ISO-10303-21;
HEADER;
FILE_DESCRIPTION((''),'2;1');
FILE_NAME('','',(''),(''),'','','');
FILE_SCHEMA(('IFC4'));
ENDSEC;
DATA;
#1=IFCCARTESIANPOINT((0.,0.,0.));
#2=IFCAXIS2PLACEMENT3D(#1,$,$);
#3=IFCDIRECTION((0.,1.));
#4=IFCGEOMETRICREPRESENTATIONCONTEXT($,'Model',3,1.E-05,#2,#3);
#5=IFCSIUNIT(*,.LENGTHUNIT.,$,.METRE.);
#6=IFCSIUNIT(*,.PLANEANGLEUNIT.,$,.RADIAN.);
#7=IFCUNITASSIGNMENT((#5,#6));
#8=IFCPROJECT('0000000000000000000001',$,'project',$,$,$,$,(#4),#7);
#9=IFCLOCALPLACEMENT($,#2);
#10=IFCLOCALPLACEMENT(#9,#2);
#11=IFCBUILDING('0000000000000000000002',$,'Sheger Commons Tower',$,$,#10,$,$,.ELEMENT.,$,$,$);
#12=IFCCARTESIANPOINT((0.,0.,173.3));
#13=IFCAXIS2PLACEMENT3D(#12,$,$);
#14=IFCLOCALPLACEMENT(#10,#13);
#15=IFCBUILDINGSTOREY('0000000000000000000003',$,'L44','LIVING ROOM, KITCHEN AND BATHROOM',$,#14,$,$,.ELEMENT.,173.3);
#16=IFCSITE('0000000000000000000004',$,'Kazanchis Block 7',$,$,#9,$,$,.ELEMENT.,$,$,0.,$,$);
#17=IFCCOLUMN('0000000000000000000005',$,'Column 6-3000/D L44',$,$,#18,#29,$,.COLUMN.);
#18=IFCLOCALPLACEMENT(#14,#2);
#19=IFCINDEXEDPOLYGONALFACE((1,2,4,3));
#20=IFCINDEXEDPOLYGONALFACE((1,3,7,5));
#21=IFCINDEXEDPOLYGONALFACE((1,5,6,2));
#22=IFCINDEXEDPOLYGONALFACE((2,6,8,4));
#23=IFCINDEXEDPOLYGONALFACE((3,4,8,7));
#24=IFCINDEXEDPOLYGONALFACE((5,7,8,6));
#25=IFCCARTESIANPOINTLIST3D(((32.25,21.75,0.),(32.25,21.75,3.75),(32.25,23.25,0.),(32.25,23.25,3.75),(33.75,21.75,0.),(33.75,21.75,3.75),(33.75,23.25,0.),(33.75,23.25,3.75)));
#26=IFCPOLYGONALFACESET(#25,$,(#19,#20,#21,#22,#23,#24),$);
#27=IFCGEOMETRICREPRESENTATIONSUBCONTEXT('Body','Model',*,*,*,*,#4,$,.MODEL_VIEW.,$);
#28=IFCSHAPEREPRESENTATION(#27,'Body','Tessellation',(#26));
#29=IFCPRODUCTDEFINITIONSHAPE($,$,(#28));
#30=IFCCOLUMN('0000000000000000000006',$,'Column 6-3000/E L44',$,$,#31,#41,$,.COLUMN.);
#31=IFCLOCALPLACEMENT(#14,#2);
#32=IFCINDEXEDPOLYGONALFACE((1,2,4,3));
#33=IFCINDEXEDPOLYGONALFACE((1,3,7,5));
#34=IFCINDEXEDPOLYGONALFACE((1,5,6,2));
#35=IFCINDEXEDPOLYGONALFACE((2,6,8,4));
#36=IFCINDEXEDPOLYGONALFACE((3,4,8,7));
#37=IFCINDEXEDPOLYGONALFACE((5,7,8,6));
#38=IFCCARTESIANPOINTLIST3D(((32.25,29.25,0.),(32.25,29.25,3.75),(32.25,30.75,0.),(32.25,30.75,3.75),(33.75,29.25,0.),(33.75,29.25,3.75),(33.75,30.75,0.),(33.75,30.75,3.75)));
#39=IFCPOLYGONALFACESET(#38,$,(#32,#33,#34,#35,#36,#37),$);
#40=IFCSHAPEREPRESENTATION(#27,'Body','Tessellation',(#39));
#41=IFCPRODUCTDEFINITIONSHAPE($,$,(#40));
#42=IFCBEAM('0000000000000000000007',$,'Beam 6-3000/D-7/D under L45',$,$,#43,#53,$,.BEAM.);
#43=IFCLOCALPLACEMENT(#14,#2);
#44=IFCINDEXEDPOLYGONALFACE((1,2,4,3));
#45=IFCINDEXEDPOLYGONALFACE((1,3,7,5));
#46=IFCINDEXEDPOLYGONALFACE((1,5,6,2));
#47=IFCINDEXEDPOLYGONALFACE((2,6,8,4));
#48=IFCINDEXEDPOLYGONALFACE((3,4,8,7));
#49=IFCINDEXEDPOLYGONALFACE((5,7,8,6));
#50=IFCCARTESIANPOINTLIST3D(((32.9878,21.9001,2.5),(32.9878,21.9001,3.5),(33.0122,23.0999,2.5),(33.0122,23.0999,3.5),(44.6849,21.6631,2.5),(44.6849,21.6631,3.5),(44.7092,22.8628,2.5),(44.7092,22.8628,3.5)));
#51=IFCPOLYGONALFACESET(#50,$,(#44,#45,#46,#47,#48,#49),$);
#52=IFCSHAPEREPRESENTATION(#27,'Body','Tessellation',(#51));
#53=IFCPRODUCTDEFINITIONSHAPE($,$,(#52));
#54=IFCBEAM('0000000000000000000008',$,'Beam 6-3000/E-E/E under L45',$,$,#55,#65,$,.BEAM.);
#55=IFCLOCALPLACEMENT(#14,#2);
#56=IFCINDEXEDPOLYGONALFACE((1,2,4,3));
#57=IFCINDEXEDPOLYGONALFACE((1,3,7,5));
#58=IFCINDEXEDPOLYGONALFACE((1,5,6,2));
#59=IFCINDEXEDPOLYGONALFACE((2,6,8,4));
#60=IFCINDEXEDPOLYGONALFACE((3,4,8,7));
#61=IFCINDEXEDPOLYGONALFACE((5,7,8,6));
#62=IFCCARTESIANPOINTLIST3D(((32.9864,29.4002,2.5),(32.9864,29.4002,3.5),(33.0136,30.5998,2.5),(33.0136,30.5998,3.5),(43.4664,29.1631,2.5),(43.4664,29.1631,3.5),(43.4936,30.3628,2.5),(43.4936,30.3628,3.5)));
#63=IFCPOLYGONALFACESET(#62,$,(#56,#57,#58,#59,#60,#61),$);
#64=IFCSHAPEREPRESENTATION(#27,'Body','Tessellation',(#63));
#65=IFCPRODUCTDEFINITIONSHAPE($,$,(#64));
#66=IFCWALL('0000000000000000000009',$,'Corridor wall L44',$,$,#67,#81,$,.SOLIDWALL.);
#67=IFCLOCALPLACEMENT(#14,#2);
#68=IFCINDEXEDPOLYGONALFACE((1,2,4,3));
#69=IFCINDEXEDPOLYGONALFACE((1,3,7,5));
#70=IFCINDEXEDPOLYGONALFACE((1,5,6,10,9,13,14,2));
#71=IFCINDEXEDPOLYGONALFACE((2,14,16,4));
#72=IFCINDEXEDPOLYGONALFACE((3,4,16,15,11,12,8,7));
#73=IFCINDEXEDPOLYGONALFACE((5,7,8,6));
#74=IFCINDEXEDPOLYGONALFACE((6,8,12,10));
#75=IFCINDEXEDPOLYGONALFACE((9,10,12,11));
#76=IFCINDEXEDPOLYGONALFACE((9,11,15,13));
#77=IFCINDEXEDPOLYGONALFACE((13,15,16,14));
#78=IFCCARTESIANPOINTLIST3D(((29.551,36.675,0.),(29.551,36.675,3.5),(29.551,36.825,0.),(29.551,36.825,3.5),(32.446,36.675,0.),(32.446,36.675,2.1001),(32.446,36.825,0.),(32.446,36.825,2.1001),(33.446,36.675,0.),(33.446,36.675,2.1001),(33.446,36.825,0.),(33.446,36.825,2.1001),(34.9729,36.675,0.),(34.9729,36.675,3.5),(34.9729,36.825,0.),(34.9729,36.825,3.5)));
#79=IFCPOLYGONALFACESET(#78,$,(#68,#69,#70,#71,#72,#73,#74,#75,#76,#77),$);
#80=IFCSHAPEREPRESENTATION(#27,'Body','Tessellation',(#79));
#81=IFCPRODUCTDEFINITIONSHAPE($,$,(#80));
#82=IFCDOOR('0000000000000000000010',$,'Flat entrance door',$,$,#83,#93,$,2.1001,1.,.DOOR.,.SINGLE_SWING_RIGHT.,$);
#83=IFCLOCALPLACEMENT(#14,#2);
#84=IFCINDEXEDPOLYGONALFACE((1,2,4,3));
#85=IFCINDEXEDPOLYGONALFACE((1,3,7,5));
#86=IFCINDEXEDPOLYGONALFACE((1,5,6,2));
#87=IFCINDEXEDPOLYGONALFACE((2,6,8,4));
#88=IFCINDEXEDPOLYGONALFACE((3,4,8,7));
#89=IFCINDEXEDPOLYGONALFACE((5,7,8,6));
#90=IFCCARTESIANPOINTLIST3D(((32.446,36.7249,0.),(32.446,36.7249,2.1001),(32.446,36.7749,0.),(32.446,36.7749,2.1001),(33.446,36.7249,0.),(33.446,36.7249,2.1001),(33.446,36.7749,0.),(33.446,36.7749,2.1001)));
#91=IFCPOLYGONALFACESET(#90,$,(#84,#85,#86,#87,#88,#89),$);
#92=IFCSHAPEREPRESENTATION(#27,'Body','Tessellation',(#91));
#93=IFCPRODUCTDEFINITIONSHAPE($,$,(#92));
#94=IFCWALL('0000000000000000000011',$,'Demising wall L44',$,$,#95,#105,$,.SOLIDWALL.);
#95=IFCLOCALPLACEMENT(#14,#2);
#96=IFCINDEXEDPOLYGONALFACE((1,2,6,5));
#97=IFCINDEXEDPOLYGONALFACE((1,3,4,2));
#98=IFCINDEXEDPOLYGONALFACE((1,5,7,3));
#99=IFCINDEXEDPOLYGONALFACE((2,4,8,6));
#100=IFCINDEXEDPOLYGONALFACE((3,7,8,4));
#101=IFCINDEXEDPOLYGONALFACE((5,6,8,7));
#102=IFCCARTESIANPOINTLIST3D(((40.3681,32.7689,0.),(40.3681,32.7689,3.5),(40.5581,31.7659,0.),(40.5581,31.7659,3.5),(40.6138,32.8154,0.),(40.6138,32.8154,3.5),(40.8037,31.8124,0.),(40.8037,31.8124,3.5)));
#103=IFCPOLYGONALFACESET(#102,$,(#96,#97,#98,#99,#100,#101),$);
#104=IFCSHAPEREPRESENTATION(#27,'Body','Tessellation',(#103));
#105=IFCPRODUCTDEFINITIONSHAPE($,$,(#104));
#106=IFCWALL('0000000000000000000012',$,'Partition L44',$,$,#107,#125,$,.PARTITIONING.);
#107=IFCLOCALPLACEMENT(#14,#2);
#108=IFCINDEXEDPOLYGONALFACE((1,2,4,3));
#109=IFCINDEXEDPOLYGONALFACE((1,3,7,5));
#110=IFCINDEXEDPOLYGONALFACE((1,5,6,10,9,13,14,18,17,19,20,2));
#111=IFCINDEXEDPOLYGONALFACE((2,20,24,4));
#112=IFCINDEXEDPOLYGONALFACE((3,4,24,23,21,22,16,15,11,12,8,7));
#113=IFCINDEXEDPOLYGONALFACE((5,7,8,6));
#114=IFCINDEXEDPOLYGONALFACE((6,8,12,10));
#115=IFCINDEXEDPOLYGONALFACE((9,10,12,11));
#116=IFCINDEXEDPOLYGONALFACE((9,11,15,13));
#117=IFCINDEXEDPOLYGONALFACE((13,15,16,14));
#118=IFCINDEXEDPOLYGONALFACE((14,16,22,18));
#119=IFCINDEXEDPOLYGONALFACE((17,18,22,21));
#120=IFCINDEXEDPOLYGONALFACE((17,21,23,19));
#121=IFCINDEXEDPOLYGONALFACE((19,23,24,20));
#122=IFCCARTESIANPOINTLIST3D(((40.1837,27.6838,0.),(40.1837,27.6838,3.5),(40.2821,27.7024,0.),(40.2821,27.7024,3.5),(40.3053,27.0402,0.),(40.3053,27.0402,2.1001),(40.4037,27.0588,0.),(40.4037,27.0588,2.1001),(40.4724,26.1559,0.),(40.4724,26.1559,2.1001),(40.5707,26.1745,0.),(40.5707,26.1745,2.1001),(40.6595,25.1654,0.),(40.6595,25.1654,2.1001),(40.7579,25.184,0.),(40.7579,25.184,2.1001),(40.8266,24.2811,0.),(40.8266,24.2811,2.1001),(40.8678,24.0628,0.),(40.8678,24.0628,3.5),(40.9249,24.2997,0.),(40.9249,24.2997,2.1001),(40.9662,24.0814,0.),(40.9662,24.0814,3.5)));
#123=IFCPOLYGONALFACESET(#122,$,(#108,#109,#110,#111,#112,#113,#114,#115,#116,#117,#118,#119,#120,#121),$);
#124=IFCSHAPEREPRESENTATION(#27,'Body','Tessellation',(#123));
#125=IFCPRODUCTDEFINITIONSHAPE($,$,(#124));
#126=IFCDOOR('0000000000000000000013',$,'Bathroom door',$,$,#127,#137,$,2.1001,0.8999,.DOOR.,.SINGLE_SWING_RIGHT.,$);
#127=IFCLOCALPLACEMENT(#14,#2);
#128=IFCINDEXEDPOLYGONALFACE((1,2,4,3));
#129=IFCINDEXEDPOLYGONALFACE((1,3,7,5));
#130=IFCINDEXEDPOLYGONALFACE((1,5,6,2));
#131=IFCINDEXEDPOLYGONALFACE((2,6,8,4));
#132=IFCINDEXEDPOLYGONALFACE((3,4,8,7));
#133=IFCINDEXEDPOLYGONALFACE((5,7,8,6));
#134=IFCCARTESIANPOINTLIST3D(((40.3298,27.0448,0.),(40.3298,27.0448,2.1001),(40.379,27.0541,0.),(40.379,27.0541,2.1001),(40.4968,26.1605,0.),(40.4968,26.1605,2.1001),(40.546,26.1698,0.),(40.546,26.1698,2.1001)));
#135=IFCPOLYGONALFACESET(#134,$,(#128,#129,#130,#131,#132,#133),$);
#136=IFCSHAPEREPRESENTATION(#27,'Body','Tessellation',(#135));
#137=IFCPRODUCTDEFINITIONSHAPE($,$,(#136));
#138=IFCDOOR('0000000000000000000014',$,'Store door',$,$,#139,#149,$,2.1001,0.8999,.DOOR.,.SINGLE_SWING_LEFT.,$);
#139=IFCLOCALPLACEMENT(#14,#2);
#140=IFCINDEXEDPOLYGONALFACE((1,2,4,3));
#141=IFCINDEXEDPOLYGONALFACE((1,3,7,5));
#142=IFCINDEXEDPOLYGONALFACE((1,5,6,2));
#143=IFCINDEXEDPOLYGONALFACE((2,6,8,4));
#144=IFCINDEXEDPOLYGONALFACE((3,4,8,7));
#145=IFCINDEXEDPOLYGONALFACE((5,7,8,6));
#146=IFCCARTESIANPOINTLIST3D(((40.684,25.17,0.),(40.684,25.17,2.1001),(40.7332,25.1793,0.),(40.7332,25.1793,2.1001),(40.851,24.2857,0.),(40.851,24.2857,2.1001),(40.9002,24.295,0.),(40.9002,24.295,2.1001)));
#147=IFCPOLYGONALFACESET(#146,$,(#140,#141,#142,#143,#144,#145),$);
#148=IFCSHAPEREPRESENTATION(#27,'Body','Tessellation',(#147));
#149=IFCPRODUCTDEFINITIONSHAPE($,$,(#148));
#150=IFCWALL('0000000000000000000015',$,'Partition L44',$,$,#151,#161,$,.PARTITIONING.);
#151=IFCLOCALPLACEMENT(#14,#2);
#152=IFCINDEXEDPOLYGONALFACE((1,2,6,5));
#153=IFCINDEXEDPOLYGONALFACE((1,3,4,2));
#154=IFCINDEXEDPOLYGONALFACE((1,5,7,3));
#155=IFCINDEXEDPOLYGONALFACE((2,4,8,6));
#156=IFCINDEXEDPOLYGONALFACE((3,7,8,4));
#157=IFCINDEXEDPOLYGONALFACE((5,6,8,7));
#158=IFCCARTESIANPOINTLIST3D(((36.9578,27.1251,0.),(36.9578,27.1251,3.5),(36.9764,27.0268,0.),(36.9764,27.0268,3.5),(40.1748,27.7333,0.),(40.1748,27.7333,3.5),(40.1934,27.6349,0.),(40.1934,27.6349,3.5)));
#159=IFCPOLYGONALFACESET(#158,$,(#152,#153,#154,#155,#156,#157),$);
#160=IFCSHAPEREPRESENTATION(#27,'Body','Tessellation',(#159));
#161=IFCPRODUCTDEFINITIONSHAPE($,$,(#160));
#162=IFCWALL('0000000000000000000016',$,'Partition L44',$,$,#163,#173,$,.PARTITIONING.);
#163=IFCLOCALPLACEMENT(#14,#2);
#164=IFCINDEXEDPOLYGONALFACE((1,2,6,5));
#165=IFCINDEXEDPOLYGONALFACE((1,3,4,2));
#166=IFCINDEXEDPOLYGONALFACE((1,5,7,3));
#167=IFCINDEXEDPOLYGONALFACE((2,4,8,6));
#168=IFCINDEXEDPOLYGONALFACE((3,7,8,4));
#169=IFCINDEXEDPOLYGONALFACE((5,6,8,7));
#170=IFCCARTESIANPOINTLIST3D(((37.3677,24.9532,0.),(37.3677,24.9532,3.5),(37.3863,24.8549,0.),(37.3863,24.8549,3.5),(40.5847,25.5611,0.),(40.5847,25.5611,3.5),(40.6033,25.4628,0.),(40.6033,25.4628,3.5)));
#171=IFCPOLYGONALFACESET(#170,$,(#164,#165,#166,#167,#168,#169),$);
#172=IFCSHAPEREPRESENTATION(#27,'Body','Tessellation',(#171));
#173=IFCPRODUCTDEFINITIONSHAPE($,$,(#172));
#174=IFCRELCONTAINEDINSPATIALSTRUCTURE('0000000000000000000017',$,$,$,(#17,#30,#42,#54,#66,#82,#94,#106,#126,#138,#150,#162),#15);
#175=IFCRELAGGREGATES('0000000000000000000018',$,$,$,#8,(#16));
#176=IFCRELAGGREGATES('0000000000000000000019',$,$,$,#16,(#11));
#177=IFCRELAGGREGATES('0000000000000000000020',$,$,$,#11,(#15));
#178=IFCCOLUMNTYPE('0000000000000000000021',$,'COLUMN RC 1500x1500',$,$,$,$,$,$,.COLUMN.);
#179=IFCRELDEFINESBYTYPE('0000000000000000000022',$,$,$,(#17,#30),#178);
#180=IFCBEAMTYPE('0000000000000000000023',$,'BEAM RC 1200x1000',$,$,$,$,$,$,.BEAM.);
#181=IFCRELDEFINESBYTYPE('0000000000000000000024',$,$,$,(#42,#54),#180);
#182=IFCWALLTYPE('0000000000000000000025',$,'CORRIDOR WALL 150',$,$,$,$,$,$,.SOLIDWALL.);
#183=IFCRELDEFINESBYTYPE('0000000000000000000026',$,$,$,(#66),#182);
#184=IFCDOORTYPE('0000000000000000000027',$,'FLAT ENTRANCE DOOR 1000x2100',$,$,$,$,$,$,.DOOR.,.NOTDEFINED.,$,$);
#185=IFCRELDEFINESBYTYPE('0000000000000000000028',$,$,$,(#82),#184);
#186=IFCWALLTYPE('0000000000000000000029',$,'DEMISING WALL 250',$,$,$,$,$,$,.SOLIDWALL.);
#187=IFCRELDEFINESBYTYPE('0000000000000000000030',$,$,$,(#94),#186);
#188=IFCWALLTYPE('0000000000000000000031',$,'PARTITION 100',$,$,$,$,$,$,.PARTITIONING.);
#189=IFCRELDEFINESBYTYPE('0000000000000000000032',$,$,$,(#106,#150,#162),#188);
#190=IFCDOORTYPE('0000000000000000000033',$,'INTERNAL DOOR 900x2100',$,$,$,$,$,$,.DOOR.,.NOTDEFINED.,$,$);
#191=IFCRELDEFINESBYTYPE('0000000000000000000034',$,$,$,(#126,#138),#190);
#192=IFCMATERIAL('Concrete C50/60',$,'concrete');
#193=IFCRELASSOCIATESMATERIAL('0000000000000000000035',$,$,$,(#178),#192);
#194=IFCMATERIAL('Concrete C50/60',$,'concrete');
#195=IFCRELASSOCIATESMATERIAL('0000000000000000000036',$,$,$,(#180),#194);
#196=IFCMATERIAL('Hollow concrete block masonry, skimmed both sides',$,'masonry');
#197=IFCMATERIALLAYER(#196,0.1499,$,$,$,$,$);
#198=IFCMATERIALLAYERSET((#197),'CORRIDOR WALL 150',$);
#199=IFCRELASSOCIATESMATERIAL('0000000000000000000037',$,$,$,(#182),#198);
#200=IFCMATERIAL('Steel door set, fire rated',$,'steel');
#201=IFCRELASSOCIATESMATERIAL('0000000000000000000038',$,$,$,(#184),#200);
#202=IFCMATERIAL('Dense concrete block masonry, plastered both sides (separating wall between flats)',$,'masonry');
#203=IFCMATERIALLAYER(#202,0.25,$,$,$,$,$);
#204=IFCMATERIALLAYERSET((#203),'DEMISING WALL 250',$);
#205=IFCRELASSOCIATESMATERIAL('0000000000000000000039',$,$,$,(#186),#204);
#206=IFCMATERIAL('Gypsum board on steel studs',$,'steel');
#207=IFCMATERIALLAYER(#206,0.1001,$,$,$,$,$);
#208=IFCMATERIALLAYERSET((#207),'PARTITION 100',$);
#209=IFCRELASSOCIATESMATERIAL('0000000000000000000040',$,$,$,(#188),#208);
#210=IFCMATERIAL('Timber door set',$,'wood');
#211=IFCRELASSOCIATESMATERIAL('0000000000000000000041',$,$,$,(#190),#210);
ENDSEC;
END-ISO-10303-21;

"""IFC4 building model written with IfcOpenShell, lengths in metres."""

from ifc_helpers import new_model, si_unit, direction, frame, frame_2d, origin, origin_2d, place, context, subcontext, project, spatial, rectangle, extrude, material, layer, layer_set, material_profile, profile_set, type_object, element, fill, save


model = new_model("IFC4")

# Units and contexts
model_context = context("Model", 3, precision=1e-05, world=origin(), true_north=direction((0.0, 1.0)))
body_context = subcontext(model_context, "Body", "Model", "MODEL_VIEW")
ifc_project = project(units=[si_unit("LENGTHUNIT", "METRE"), si_unit("PLANEANGLEUNIT", "RADIAN")], contexts=[model_context])

# Site, building, storey
site_placement = place(None, origin())
site = spatial("IfcSite", under=ifc_project, at=site_placement, Name="Kazanchis Block 7", CompositionType="ELEMENT", RefElevation=0.0)
building_placement = place(site_placement, origin())
building = spatial("IfcBuilding", under=site, at=building_placement, Name="Sheger Commons Tower", CompositionType="ELEMENT")
storey_placement = place(building_placement, frame((0.0, 0.0, 173.3)))
storey = spatial("IfcBuildingStorey", under=building, at=storey_placement, Name="L44", Description="LIVING ROOM, KITCHEN AND BATHROOM", CompositionType="ELEMENT", Elevation=173.3)

# Columns
ifc_material_1 = material(Name="Concrete C50/60", Category="concrete")
ifc_material_profile_1 = material_profile(ifc_material_1, rectangle(XDim=1.5, YDim=1.5, at=origin_2d()), Name="RC 1500x1500")
ifc_profile_set_1 = profile_set([ifc_material_profile_1], Name="Concrete C50/60")
column_type = type_object("IfcColumnType", Name="COLUMN RC 1500x1500", PredefinedType="COLUMN", material=ifc_profile_set_1)
for number, where, z_axis, x_axis, name in (
    (1, (33.0, 22.5, 0.0), (0.0, 0.0, 1.0), (1.0, 0.0, 0.0), "Column 6-3000/D L44"),
    (2, (33.0, 30.0, 0.0), (0.0, 0.0, 1.0), (1.0, 0.0, 0.0), "Column 6-3000/E L44"),
):
    element("IfcColumn", number, at=place(storey_placement, frame(where, z_axis=z_axis, x_axis=x_axis)), inside=storey, type_object=column_type, Name=name, PredefinedType="COLUMN", context=body_context, shape_type="SweptSolid", body=[
        extrude(rectangle(XDim=1.5, YDim=1.5, at=origin_2d()), origin(), (0.0, 0.0, 1.0), 3.75),
    ])

# Beams
ifc_material_2 = material(Name="Concrete C50/60", Category="concrete")
ifc_material_profile_2 = material_profile(ifc_material_2, rectangle(XDim=1.2, YDim=1.0, at=origin_2d()), Name="RC 1200x1000")
ifc_profile_set_2 = profile_set([ifc_material_profile_2], Name="Concrete C50/60")
beam_type = type_object("IfcBeamType", Name="BEAM RC 1200x1000", PredefinedType="BEAM", material=ifc_profile_set_2)
beam_1_placement = place(storey_placement, frame((33.0, 22.5, 3.0), z_axis=(0.999795, -0.020263, 0.0), x_axis=(0.020263, 0.999795, 0.0)))
element("IfcBeam", 3, at=beam_1_placement, inside=storey, type_object=beam_type, Name="Beam 6-3000/D-7/D under L45", PredefinedType="BEAM", context=body_context, shape_type="SweptSolid", body=[
    extrude(rectangle(XDim=1.2, YDim=1.0, at=origin_2d()), origin(), (0.0, 0.0, 1.0), 11.6995),
])
beam_2_placement = place(storey_placement, frame((33.0, 30.0, 3.0), z_axis=(0.999744, -0.022615, 0.0), x_axis=(0.022615, 0.999744, 0.0)))
element("IfcBeam", 4, at=beam_2_placement, inside=storey, type_object=beam_type, Name="Beam 6-3000/E-E/E under L45", PredefinedType="BEAM", context=body_context, shape_type="SweptSolid", body=[
    extrude(rectangle(XDim=1.2, YDim=1.0, at=origin_2d()), origin(), (0.0, 0.0, 1.0), 10.4827),
])

# Wall, opening, door
ifc_material_3 = material(Name="Hollow concrete block masonry, skimmed both sides", Category="masonry")
ifc_layer_1 = layer(ifc_material_3, 0.1499)
ifc_layer_set_1 = layer_set([ifc_layer_1], Name="CORRIDOR WALL 150")
wall_type_1 = type_object("IfcWallType", Name="CORRIDOR WALL 150", PredefinedType="SOLIDWALL", material=ifc_layer_set_1)
wall_1_placement = place(storey_placement, frame((29.551, 36.75, 0.0), z_axis=(0.0, 0.0, 1.0), x_axis=(1.0, 0.0, 0.0)))
wall_1 = element("IfcWall", 5, at=wall_1_placement, inside=storey, type_object=wall_type_1, Name="Corridor wall L44", PredefinedType="SOLIDWALL", context=body_context, shape_type="SweptSolid", body=[
    extrude(rectangle(XDim=5.4219, YDim=0.1499, at=frame_2d((2.7109, 0.0))), origin(), (0.0, 0.0, 1.0), 3.5),
])
opening_1_placement = place(wall_1_placement, frame((2.895, 0.0, 0.0)))
opening_1 = element("IfcOpeningElement", 6, at=opening_1_placement, cuts=wall_1, PredefinedType="OPENING", context=body_context, shape_type="SweptSolid", body=[
    extrude(rectangle(XDim=1.0, YDim=2.1001, at=frame_2d((0.5, 1.05))), frame((0.0, 0.085, 0.0), z_axis=(0.0, -1.0, 0.0), x_axis=(1.0, 0.0, 0.0)), (0.0, 0.0, 1.0), 0.1699),
])
ifc_material_4 = material(Name="Steel door set, fire rated", Category="steel")
door_type_1 = type_object("IfcDoorType", Name="FLAT ENTRANCE DOOR 1000x2100", OperationType="NOTDEFINED", PredefinedType="DOOR", material=ifc_material_4)
door_1_placement = place(opening_1_placement, origin())
door_1 = element("IfcDoor", 7, at=door_1_placement, inside=storey, type_object=door_type_1, Name="Flat entrance door", OperationType="SINGLE_SWING_RIGHT", OverallHeight=2.1001, OverallWidth=1.0, PredefinedType="DOOR", context=body_context, shape_type="SweptSolid", body=[
    extrude(rectangle(XDim=1.0, YDim=2.1001, at=frame_2d((0.5, 1.05))), frame((0.0, 0.0249, 0.0), z_axis=(0.0, -1.0, 0.0), x_axis=(1.0, 0.0, 0.0)), (0.0, 0.0, 1.0), 0.05),
])
fill(opening_1, door_1)

# Wall
ifc_material_5 = material(Name="Dense concrete block masonry, plastered both sides (separating wall between flats)", Category="masonry")
ifc_layer_2 = layer(ifc_material_5, 0.25)
ifc_layer_set_2 = layer_set([ifc_layer_2], Name="DEMISING WALL 250")
wall_type_2 = type_object("IfcWallType", Name="DEMISING WALL 250", PredefinedType="SOLIDWALL", material=ifc_layer_set_2)
wall_2_placement = place(storey_placement, frame((40.491, 32.792, 0.0), z_axis=(0.0, 0.0, 1.0), x_axis=(0.186079, -0.982535, 0.0)))
element("IfcWall", 8, at=wall_2_placement, inside=storey, type_object=wall_type_2, Name="Demising wall L44", PredefinedType="SOLIDWALL", context=body_context, shape_type="SweptSolid", body=[
    extrude(rectangle(XDim=1.0208, YDim=0.25, at=frame_2d((0.5103, 0.0))), origin(), (0.0, 0.0, 1.0), 3.5),
])

# Wall, openings, doors
ifc_material_6 = material(Name="Gypsum board on steel studs", Category="steel")
ifc_layer_3 = layer(ifc_material_6, 0.1001)
ifc_layer_set_3 = layer_set([ifc_layer_3], Name="PARTITION 100")
wall_type_3 = type_object("IfcWallType", Name="PARTITION 100", PredefinedType="PARTITIONING", material=ifc_layer_set_3)
wall_3_placement = place(storey_placement, frame((40.2329, 27.6931, 0.0), z_axis=(0.0, 0.0, 1.0), x_axis=(0.185632, -0.982619, 0.0)))
wall_3 = element("IfcWall", 9, at=wall_3_placement, inside=storey, type_object=wall_type_3, Name="Partition L44", PredefinedType="PARTITIONING", context=body_context, shape_type="SweptSolid", body=[
    extrude(rectangle(XDim=3.6851, YDim=0.1001, at=frame_2d((1.8425, 0.0))), origin(), (0.0, 0.0, 1.0), 3.5),
])
opening_2_placement = place(wall_3_placement, frame((0.655, 0.0, 0.0)))
opening_2 = element("IfcOpeningElement", 10, at=opening_2_placement, cuts=wall_3, PredefinedType="OPENING", context=body_context, shape_type="SweptSolid", body=[
    extrude(rectangle(XDim=0.8999, YDim=2.1001, at=frame_2d((0.45, 1.05))), frame((0.0, 0.0601, 0.0), z_axis=(0.0, -1.0, 0.0), x_axis=(1.0, 0.0, 0.0)), (0.0, 0.0, 1.0), 0.1201),
])
opening_3_placement = place(wall_3_placement, frame((2.563, 0.0, 0.0)))
opening_3 = element("IfcOpeningElement", 11, at=opening_3_placement, cuts=wall_3, PredefinedType="OPENING", context=body_context, shape_type="SweptSolid", body=[
    extrude(rectangle(XDim=0.8999, YDim=2.1001, at=frame_2d((0.45, 1.05))), frame((0.0, 0.0601, 0.0), z_axis=(0.0, -1.0, 0.0), x_axis=(1.0, 0.0, 0.0)), (0.0, 0.0, 1.0), 0.1201),
])
ifc_material_7 = material(Name="Timber door set", Category="wood")
door_type_2 = type_object("IfcDoorType", Name="INTERNAL DOOR 900x2100", OperationType="NOTDEFINED", PredefinedType="DOOR", material=ifc_material_7)
door_2_placement = place(opening_2_placement, origin())
door_2 = element("IfcDoor", 12, at=door_2_placement, inside=storey, type_object=door_type_2, Name="Bathroom door", OperationType="SINGLE_SWING_RIGHT", OverallHeight=2.1001, OverallWidth=0.8999, PredefinedType="DOOR", context=body_context, shape_type="SweptSolid", body=[
    extrude(rectangle(XDim=0.8999, YDim=2.1001, at=frame_2d((0.45, 1.05))), frame((0.0, 0.0249, 0.0), z_axis=(0.0, -1.0, 0.0), x_axis=(1.0, 0.0, 0.0)), (0.0, 0.0, 1.0), 0.05),
])
fill(opening_2, door_2)
door_3_placement = place(opening_3_placement, origin())
door_3 = element("IfcDoor", 13, at=door_3_placement, inside=storey, type_object=door_type_2, Name="Store door", OperationType="SINGLE_SWING_LEFT", OverallHeight=2.1001, OverallWidth=0.8999, PredefinedType="DOOR", context=body_context, shape_type="SweptSolid", body=[
    extrude(rectangle(XDim=0.8999, YDim=2.1001, at=frame_2d((0.45, 1.05))), frame((0.0, 0.0249, 0.0), z_axis=(0.0, -1.0, 0.0), x_axis=(1.0, 0.0, 0.0)), (0.0, 0.0, 1.0), 0.05),
])
fill(opening_3, door_3)

# Walls
for number, where, z_axis, x_axis, name in (
    (14, (40.1841, 27.6841, 0.0), (0.0, 0.0, 1.0), (-0.982597, -0.185752, 0.0), "Partition L44"),
    (15, (40.594, 25.512, 0.0), (0.0, 0.0, 1.0), (-0.98261, -0.18568, 0.0), "Partition L44"),
):
    element("IfcWall", number, at=place(storey_placement, frame(where, z_axis=z_axis, x_axis=x_axis)), inside=storey, type_object=wall_type_3, Name=name, PredefinedType="PARTITIONING", context=body_context, shape_type="SweptSolid", body=[
        extrude(rectangle(XDim=3.2739, YDim=0.1001, at=frame_2d((1.637, 0.0))), origin(), (0.0, 0.0, 1.0), 3.5),
    ])

save(model, "model.ifc")
